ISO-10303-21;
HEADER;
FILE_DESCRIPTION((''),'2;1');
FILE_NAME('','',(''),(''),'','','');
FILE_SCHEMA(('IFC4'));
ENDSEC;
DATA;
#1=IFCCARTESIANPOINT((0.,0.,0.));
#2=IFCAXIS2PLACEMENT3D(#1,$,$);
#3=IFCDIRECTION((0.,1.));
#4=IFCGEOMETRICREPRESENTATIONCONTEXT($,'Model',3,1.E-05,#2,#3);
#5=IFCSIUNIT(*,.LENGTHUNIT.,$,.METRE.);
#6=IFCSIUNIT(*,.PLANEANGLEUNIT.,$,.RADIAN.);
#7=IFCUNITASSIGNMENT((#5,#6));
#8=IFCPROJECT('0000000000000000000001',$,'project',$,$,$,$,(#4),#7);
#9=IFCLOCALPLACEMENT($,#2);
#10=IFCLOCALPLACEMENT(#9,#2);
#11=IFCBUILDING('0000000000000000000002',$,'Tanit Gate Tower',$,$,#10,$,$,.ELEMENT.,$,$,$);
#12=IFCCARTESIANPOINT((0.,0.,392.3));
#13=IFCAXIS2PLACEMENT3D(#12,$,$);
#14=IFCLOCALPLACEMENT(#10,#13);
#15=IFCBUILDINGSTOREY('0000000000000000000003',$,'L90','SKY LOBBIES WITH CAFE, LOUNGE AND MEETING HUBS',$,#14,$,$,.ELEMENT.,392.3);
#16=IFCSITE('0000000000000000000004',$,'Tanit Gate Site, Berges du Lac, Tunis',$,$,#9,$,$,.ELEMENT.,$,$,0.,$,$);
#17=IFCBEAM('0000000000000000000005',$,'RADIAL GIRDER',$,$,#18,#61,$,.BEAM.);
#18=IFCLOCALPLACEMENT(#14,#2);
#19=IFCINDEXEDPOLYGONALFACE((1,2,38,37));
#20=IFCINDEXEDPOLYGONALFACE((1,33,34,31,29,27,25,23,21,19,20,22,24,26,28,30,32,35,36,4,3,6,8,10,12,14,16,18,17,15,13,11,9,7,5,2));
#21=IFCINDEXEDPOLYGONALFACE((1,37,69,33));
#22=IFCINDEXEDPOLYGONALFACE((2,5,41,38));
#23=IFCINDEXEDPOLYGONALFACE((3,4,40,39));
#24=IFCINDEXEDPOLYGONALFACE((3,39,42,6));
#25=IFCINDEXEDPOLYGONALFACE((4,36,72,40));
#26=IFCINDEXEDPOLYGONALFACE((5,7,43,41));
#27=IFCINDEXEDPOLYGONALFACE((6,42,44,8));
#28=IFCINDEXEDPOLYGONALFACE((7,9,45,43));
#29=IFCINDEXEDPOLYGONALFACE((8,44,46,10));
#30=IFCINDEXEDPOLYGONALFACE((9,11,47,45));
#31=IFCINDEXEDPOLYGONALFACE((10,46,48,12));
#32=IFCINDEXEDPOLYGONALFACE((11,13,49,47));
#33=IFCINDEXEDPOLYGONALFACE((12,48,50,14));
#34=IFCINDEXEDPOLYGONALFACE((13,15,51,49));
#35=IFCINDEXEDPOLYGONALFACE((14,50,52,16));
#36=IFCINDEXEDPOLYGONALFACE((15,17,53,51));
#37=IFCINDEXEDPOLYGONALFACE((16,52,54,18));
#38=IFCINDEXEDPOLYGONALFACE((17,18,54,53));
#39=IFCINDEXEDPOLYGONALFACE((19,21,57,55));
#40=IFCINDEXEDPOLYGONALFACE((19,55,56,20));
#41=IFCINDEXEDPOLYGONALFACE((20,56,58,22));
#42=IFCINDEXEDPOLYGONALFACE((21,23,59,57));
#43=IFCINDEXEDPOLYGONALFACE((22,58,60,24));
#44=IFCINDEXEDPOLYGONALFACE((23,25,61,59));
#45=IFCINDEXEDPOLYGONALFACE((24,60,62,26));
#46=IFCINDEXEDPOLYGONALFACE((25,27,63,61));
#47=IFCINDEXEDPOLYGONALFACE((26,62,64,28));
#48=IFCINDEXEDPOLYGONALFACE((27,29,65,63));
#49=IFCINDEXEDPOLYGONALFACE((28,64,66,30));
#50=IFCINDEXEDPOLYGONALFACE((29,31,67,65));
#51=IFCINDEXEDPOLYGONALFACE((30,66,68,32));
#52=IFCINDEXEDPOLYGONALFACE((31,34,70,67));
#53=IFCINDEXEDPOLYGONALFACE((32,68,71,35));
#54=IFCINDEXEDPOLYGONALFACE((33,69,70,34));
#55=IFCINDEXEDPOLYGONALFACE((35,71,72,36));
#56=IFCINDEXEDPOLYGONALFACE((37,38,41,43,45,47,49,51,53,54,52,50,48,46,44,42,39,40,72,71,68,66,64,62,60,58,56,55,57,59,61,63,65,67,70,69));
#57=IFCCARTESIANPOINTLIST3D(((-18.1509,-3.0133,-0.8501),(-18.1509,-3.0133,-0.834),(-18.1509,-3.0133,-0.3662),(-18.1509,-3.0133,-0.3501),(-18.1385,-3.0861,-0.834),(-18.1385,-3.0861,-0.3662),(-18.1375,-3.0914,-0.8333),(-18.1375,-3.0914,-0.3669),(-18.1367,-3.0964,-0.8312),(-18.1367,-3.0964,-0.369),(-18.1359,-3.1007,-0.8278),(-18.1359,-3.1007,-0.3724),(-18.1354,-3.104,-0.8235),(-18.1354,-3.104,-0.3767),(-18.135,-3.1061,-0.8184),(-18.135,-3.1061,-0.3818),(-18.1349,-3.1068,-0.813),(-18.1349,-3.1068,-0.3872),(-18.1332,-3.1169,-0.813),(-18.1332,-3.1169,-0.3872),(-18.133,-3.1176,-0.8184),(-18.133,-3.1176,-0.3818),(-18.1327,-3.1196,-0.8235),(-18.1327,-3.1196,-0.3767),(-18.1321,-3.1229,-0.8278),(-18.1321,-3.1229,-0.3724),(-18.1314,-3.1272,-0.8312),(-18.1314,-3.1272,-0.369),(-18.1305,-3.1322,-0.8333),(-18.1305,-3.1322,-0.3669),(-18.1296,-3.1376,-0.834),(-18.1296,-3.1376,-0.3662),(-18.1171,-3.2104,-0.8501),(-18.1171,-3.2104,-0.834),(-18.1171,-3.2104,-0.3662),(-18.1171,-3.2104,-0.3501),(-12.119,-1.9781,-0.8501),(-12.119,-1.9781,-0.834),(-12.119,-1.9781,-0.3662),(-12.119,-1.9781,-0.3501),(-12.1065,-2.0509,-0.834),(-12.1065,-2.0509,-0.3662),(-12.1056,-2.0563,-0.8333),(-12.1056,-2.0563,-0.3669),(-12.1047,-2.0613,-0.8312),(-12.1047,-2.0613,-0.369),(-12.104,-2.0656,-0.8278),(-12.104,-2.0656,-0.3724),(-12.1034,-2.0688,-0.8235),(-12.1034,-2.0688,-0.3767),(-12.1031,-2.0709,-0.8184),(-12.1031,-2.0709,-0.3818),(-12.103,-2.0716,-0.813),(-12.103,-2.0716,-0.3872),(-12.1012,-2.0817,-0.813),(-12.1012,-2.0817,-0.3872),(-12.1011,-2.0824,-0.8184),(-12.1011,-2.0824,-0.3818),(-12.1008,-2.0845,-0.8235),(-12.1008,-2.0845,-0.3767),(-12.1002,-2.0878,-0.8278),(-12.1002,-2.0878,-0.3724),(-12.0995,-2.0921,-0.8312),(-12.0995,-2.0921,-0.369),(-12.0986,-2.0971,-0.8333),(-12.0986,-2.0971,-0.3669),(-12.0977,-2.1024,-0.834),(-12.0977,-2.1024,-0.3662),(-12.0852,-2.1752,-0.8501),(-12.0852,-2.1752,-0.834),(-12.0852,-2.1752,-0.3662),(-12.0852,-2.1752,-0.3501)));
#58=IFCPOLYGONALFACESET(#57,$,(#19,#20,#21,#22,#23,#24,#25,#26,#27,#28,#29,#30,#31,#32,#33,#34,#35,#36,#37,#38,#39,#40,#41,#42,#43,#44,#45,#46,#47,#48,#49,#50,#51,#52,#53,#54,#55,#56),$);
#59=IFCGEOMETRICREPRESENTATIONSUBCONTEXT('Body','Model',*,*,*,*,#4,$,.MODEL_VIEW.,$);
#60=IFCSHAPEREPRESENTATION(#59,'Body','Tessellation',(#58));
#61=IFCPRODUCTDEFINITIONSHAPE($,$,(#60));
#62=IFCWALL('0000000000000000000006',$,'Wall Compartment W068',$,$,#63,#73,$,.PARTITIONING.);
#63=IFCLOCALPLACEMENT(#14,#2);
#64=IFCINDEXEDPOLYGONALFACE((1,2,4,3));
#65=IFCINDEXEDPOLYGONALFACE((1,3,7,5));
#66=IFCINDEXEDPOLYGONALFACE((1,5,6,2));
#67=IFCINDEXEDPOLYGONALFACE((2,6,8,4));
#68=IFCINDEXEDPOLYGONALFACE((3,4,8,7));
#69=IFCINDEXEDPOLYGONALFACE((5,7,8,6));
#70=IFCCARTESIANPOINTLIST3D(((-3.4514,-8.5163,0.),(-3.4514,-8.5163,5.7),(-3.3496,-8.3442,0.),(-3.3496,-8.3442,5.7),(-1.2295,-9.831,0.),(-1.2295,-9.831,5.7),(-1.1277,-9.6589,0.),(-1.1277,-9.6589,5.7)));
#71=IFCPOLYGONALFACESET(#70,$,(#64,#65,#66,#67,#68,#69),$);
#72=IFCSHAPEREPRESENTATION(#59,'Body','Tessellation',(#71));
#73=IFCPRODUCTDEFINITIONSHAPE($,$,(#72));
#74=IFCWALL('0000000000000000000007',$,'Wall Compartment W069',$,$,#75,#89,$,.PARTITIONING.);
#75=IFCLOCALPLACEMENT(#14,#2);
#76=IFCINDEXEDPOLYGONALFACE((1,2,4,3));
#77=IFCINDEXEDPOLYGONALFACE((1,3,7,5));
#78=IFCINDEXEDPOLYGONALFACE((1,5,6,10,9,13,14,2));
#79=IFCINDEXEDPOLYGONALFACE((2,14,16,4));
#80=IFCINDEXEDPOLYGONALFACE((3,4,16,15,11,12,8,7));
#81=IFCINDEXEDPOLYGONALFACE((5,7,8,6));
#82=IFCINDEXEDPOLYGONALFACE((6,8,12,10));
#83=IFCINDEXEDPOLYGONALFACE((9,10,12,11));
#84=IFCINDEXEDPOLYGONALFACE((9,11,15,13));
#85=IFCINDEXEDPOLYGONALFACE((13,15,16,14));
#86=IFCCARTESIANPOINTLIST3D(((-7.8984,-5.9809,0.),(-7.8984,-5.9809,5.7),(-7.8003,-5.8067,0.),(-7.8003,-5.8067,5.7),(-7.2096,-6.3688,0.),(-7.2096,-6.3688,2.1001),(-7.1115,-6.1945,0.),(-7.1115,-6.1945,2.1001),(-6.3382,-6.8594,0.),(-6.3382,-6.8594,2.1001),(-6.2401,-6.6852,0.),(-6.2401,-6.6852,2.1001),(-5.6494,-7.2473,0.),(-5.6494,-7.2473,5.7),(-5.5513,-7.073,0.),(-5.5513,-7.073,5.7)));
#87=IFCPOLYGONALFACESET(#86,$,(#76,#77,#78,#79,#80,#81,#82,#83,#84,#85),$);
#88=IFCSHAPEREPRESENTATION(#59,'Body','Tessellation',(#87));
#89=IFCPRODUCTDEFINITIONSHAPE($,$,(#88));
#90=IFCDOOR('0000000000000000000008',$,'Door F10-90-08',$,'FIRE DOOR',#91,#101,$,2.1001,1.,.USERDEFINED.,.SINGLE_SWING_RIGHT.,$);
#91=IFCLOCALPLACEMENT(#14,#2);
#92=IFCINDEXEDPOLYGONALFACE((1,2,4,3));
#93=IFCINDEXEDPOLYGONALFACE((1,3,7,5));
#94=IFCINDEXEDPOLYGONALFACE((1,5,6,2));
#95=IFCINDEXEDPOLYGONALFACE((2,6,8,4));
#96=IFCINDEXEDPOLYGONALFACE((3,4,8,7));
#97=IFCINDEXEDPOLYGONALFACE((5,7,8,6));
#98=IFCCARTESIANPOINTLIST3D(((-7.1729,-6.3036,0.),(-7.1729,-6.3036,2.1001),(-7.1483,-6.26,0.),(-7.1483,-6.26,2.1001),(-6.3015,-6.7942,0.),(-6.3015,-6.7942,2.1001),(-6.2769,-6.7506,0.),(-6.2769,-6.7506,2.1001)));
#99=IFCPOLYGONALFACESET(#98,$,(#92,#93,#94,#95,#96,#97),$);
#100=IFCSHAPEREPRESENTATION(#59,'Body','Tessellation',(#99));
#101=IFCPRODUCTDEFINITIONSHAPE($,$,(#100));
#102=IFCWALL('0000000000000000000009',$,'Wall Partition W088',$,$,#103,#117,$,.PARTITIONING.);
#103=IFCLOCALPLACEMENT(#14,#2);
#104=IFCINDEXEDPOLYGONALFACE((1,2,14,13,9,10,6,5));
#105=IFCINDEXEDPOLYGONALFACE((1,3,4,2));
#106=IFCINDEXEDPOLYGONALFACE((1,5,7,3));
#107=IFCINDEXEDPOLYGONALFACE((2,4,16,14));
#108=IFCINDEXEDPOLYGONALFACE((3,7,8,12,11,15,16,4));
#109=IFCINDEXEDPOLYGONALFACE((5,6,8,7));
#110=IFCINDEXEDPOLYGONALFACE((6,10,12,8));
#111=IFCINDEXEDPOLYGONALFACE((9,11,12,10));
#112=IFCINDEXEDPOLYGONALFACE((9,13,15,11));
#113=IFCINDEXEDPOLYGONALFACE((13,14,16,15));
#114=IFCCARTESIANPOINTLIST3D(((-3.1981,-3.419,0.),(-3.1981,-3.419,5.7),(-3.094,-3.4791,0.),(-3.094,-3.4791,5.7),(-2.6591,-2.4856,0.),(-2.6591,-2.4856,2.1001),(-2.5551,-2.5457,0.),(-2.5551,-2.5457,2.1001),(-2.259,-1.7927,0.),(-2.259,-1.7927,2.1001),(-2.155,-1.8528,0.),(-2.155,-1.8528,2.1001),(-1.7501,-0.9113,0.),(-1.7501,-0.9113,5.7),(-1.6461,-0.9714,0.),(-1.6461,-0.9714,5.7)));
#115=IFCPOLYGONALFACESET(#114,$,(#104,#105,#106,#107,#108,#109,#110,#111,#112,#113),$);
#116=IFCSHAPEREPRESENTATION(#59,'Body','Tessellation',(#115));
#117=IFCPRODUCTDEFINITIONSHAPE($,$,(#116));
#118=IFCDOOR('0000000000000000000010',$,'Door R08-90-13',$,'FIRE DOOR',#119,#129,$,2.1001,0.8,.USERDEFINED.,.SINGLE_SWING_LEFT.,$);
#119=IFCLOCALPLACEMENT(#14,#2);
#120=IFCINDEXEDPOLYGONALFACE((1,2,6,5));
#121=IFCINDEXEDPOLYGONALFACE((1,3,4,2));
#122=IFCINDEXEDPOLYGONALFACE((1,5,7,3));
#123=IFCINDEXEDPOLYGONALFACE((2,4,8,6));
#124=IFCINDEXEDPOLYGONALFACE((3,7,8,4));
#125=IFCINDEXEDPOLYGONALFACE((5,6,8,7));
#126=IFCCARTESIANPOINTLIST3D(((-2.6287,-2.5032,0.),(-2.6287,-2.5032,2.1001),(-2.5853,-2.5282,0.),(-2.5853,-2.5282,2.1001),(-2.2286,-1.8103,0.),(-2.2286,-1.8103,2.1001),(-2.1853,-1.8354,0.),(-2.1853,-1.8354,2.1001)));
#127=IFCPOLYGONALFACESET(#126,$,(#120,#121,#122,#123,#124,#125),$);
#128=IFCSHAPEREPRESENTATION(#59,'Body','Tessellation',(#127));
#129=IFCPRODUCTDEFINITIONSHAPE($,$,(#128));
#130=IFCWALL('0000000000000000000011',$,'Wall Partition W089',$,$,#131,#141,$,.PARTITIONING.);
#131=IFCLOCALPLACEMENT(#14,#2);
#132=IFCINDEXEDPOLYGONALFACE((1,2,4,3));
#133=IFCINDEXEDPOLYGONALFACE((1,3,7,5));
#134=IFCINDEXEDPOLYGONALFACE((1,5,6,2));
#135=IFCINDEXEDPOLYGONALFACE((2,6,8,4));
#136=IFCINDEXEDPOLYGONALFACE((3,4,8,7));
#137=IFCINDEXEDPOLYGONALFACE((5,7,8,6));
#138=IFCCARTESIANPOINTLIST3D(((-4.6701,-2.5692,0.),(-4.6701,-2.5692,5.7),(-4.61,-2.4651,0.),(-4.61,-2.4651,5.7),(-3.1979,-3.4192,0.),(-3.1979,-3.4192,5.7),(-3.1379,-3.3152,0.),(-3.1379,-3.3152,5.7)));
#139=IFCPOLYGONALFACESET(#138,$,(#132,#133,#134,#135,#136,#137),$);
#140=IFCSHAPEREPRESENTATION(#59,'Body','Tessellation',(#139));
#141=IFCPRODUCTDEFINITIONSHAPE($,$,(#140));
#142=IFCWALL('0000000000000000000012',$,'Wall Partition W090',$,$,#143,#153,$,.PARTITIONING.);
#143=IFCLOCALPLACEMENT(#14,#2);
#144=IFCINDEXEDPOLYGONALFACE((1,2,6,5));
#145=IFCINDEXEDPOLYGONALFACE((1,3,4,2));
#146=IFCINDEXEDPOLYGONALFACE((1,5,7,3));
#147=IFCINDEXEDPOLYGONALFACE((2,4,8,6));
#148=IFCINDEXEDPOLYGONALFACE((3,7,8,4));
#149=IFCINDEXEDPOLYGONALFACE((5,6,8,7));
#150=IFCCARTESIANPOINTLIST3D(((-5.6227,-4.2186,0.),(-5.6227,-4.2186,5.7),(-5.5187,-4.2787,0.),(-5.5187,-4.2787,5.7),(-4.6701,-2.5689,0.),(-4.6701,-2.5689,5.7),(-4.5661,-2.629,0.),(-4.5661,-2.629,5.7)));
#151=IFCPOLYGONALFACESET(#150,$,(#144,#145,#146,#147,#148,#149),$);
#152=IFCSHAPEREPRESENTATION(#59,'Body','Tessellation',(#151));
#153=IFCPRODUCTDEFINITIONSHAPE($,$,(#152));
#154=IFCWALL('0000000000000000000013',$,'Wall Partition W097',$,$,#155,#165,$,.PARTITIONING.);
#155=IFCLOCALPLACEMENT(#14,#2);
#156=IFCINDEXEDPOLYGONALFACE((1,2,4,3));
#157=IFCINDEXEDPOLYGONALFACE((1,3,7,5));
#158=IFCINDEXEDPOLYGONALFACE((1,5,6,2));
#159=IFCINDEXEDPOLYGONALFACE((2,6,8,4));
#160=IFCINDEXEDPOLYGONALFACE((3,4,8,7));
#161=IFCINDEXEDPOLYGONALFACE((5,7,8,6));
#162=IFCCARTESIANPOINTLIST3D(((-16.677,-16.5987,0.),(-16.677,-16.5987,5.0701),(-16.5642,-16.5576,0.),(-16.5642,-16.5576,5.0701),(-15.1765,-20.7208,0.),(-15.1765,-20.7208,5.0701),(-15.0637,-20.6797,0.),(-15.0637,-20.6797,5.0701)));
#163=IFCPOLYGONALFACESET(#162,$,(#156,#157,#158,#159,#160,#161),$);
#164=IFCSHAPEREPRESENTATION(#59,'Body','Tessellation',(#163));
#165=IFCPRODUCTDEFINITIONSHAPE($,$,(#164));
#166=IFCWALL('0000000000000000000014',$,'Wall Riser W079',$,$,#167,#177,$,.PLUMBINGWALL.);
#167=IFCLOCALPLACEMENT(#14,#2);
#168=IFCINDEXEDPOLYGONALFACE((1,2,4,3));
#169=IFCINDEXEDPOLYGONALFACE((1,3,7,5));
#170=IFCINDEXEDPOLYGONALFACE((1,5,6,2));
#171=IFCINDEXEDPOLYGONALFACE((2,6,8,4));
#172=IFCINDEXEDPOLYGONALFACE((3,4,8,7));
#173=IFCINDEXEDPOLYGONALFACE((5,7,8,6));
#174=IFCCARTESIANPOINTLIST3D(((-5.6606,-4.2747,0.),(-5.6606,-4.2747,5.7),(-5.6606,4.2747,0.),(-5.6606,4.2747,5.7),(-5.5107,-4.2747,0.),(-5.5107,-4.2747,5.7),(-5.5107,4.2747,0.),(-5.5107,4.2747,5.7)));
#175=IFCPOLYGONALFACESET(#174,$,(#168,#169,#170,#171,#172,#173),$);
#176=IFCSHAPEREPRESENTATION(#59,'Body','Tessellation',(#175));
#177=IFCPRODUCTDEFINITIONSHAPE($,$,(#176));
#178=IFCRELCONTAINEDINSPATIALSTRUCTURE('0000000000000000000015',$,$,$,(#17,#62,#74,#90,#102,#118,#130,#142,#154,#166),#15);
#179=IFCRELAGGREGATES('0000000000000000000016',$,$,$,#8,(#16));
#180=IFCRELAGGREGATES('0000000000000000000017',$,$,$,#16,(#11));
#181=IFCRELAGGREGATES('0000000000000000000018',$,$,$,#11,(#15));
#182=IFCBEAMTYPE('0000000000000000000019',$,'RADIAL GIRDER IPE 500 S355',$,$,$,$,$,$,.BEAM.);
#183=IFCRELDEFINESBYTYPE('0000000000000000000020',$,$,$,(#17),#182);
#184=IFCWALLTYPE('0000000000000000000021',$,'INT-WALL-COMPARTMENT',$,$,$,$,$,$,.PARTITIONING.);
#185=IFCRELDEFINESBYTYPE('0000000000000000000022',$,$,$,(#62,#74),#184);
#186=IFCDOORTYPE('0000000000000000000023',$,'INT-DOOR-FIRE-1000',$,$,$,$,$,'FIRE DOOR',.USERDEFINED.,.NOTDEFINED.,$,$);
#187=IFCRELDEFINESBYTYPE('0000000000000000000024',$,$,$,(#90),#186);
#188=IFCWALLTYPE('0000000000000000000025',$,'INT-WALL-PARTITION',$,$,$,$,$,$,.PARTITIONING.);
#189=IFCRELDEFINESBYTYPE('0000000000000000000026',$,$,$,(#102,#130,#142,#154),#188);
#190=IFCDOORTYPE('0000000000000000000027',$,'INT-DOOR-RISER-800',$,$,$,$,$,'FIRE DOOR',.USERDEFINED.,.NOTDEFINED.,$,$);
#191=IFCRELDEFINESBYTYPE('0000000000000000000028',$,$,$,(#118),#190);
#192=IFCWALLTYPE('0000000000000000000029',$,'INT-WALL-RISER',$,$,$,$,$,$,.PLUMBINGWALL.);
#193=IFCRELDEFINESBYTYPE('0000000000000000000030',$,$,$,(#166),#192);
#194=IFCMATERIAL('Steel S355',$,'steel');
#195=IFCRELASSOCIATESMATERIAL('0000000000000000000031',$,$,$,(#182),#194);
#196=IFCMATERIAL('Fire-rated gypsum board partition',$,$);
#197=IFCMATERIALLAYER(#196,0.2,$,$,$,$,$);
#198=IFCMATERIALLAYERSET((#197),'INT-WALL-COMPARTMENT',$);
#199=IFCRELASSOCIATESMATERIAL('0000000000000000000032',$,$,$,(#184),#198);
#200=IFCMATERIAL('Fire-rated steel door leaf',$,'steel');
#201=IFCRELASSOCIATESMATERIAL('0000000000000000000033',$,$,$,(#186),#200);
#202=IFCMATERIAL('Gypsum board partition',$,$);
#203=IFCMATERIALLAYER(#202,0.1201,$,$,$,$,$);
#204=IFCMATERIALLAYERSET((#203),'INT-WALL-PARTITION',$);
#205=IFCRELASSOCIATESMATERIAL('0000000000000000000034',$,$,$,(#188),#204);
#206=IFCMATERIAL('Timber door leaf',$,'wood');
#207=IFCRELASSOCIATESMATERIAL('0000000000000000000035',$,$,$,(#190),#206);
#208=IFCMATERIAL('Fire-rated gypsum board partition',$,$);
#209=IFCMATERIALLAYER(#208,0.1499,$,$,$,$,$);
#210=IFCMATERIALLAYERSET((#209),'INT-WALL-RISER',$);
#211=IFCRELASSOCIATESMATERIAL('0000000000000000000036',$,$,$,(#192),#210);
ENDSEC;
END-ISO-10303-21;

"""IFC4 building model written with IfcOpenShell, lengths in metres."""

from ifc_helpers import new_model, si_unit, direction, frame, frame_2d, origin, origin_2d, place, context, subcontext, project, spatial, rectangle, i_section, extrude, material, layer, layer_set, material_profile, profile_set, type_object, element, fill, save


model = new_model("IFC4")

# Units and contexts
model_context = context("Model", 3, precision=1e-05, world=origin(), true_north=direction((0.0, 1.0)))
body_context = subcontext(model_context, "Body", "Model", "MODEL_VIEW")
ifc_project = project(units=[si_unit("LENGTHUNIT", "METRE"), si_unit("PLANEANGLEUNIT", "RADIAN")], contexts=[model_context])

# Site, building, storey
site_placement = place(None, origin())
site = spatial("IfcSite", under=ifc_project, at=site_placement, Name="Tanit Gate Site, Berges du Lac, Tunis", CompositionType="ELEMENT", RefElevation=0.0)
building_placement = place(site_placement, origin())
building = spatial("IfcBuilding", under=site, at=building_placement, Name="Tanit Gate Tower", CompositionType="ELEMENT")
storey_placement = place(building_placement, frame((0.0, 0.0, 392.3)))
storey = spatial("IfcBuildingStorey", under=building, at=storey_placement, Name="L90", Description="SKY LOBBIES WITH CAFE, LOUNGE AND MEETING HUBS", CompositionType="ELEMENT", Elevation=392.3)

# Beam
ifc_material_1 = material(Name="Steel S355", Category="steel")
ifc_material_profile = material_profile(ifc_material_1, i_section(OverallWidth=0.2, OverallDepth=0.5, WebThickness=0.0103, FlangeThickness=0.0161, FilletRadius=0.021, at=origin_2d()), Name="IPE 500")
ifc_profile_set = profile_set([ifc_material_profile], Name="Steel S355")
beam_type = type_object("IfcBeamType", Name="RADIAL GIRDER IPE 500 S355", PredefinedType="BEAM", material=ifc_profile_set)
beam_placement = place(storey_placement, frame((-18.134, -3.1118, -0.6001), z_axis=(0.985592, 0.169139, 0.0), x_axis=(-0.169139, 0.985592, 0.0)))
element("IfcBeam", 1, at=beam_placement, inside=storey, type_object=beam_type, Name="RADIAL GIRDER", PredefinedType="BEAM", context=body_context, shape_type="SweptSolid", body=[
    extrude(i_section(OverallWidth=0.2, OverallDepth=0.5, WebThickness=0.0103, FlangeThickness=0.0161, FilletRadius=0.021, at=origin_2d()), origin(), (0.0, 0.0, 1.0), 6.1201),
])

# Wall
ifc_material_2 = material(Name="Fire-rated gypsum board partition")
ifc_layer_1 = layer(ifc_material_2, 0.2)
ifc_layer_set_1 = layer_set([ifc_layer_1], Name="INT-WALL-COMPARTMENT")
wall_type_1 = type_object("IfcWallType", Name="INT-WALL-COMPARTMENT", PredefinedType="PARTITIONING", material=ifc_layer_set_1)
wall_1_placement = place(storey_placement, frame((-3.4006, -8.4302, 0.0), z_axis=(0.0, 0.0, 1.0), x_axis=(0.860631, -0.509229, 0.0)))
element("IfcWall", 2, at=wall_1_placement, inside=storey, type_object=wall_type_1, Name="Wall Compartment W068", PredefinedType="PARTITIONING", context=body_context, shape_type="SweptSolid", body=[
    extrude(rectangle(XDim=2.5818, YDim=0.2, at=frame_2d((1.291, 0.0))), origin(), (0.0, 0.0, 1.0), 5.7),
])

# Walls, openings, doors
wall_2_placement = place(storey_placement, frame((-7.8494, -5.8938, 0.0), z_axis=(0.0, 0.0, 1.0), x_axis=(0.871363, -0.490638, 0.0)))
wall_2 = element("IfcWall", 3, at=wall_2_placement, inside=storey, type_object=wall_type_1, Name="Wall Compartment W069", PredefinedType="PARTITIONING", context=body_context, shape_type="SweptSolid", body=[
    extrude(rectangle(XDim=2.5811, YDim=0.2, at=frame_2d((1.2905, 0.0))), origin(), (0.0, 0.0, 1.0), 5.7),
])
opening_1_placement = place(wall_2_placement, frame((0.7905, 0.0, 0.0)))
opening_1 = element("IfcOpeningElement", 4, at=opening_1_placement, cuts=wall_2, PredefinedType="OPENING", context=body_context, shape_type="SweptSolid", body=[
    extrude(rectangle(XDim=1.0, YDim=2.1001, at=frame_2d((0.5, 1.05))), frame((0.0, 0.1099, 0.0), z_axis=(0.0, -1.0, 0.0), x_axis=(1.0, 0.0, 0.0)), (0.0, 0.0, 1.0), 0.22),
])
ifc_material_3 = material(Name="Fire-rated steel door leaf", Category="steel")
door_type_1 = type_object("IfcDoorType", Name="INT-DOOR-FIRE-1000", ElementType="FIRE DOOR", OperationType="NOTDEFINED", PredefinedType="USERDEFINED", material=ifc_material_3)
door_1_placement = place(opening_1_placement, origin())
door_1 = element("IfcDoor", 5, at=door_1_placement, inside=storey, type_object=door_type_1, Name="Door F10-90-08", ObjectType="FIRE DOOR", OperationType="SINGLE_SWING_RIGHT", OverallHeight=2.1001, OverallWidth=1.0, PredefinedType="USERDEFINED", context=body_context, shape_type="SweptSolid", body=[
    extrude(rectangle(XDim=1.0, YDim=2.1001, at=frame_2d((0.5, 1.05))), frame((0.0, 0.0249, 0.0), z_axis=(0.0, -1.0, 0.0), x_axis=(1.0, 0.0, 0.0)), (0.0, 0.0, 1.0), 0.05),
])
fill(opening_1, door_1)
ifc_material_4 = material(Name="Gypsum board partition")
ifc_layer_2 = layer(ifc_material_4, 0.1201)
ifc_layer_set_2 = layer_set([ifc_layer_2], Name="INT-WALL-PARTITION")
wall_type_2 = type_object("IfcWallType", Name="INT-WALL-PARTITION", PredefinedType="PARTITIONING", material=ifc_layer_set_2)
wall_3_placement = place(storey_placement, frame((-3.146, -3.449, 0.0), z_axis=(0.0, 0.0, 1.0), x_axis=(0.500029, 0.866009, 0.0)))
wall_3 = element("IfcWall", 6, at=wall_3_placement, inside=storey, type_object=wall_type_2, Name="Wall Partition W088", PredefinedType="PARTITIONING", context=body_context, shape_type="SweptSolid", body=[
    extrude(rectangle(XDim=2.8958, YDim=0.1201, at=frame_2d((1.4478, 0.0))), origin(), (0.0, 0.0, 1.0), 5.7),
])
opening_2_placement = place(wall_3_placement, frame((1.0779, 0.0, 0.0)))
opening_2 = element("IfcOpeningElement", 7, at=opening_2_placement, cuts=wall_3, PredefinedType="OPENING", context=body_context, shape_type="SweptSolid", body=[
    extrude(rectangle(XDim=0.8, YDim=2.1001, at=frame_2d((0.3999, 1.05))), frame((0.0, 0.0701, 0.0), z_axis=(0.0, -1.0, 0.0), x_axis=(1.0, 0.0, 0.0)), (0.0, 0.0, 1.0), 0.1401),
])
ifc_material_5 = material(Name="Timber door leaf", Category="wood")
door_type_2 = type_object("IfcDoorType", Name="INT-DOOR-RISER-800", ElementType="FIRE DOOR", OperationType="NOTDEFINED", PredefinedType="USERDEFINED", material=ifc_material_5)
door_2_placement = place(opening_2_placement, origin())
door_2 = element("IfcDoor", 8, at=door_2_placement, inside=storey, type_object=door_type_2, Name="Door R08-90-13", ObjectType="FIRE DOOR", OperationType="SINGLE_SWING_LEFT", OverallHeight=2.1001, OverallWidth=0.8, PredefinedType="USERDEFINED", context=body_context, shape_type="SweptSolid", body=[
    extrude(rectangle(XDim=0.8, YDim=2.1001, at=frame_2d((0.3999, 1.05))), frame((0.0, 0.0249, 0.0), z_axis=(0.0, -1.0, 0.0), x_axis=(1.0, 0.0, 0.0)), (0.0, 0.0, 1.0), 0.05),
])
fill(opening_2, door_2)

# Walls
wall_4_placement = place(storey_placement, frame((-4.6401, -2.5171, 0.0), z_axis=(0.0, 0.0, 1.0), x_axis=(0.865989, -0.500062, 0.0)))
element("IfcWall", 9, at=wall_4_placement, inside=storey, type_object=wall_type_2, Name="Wall Partition W089", PredefinedType="PARTITIONING", context=body_context, shape_type="SweptSolid", body=[
    extrude(rectangle(XDim=1.7, YDim=0.1201, at=frame_2d((0.8501, 0.0))), origin(), (0.0, 0.0, 1.0), 5.7),
])
wall_5_placement = place(storey_placement, frame((-5.5708, -4.2488, 0.0), z_axis=(0.0, 0.0, 1.0), x_axis=(0.500081, 0.865979, 0.0)))
element("IfcWall", 10, at=wall_5_placement, inside=storey, type_object=wall_type_2, Name="Wall Partition W090", PredefinedType="PARTITIONING", context=body_context, shape_type="SweptSolid", body=[
    extrude(rectangle(XDim=1.905, YDim=0.1201, at=frame_2d((0.9526, 0.0))), origin(), (0.0, 0.0, 1.0), 5.7),
])
wall_6_placement = place(storey_placement, frame((-16.6206, -16.5781, 0.0), z_axis=(0.0, 0.0, 1.0), x_axis=(0.342056, -0.93968, 0.0)))
element("IfcWall", 11, at=wall_6_placement, inside=storey, type_object=wall_type_2, Name="Wall Partition W097", PredefinedType="PARTITIONING", context=body_context, shape_type="SweptSolid", body=[
    extrude(rectangle(XDim=4.3867, YDim=0.1201, at=frame_2d((2.1934, 0.0))), origin(), (0.0, 0.0, 1.0), 5.0701),
])
ifc_material_6 = material(Name="Fire-rated gypsum board partition")
ifc_layer_3 = layer(ifc_material_6, 0.1499)
ifc_layer_set_3 = layer_set([ifc_layer_3], Name="INT-WALL-RISER")
wall_type_3 = type_object("IfcWallType", Name="INT-WALL-RISER", PredefinedType="PLUMBINGWALL", material=ifc_layer_set_3)
wall_7_placement = place(storey_placement, frame((-5.5857, -4.2747, 0.0), z_axis=(0.0, 0.0, 1.0), x_axis=(0.0, 1.0, 0.0)))
element("IfcWall", 12, at=wall_7_placement, inside=storey, type_object=wall_type_3, Name="Wall Riser W079", PredefinedType="PLUMBINGWALL", context=body_context, shape_type="SweptSolid", body=[
    extrude(rectangle(XDim=8.5493, YDim=0.1499, at=frame_2d((4.2747, 0.0))), origin(), (0.0, 0.0, 1.0), 5.7),
])

save(model, "model.ifc")
